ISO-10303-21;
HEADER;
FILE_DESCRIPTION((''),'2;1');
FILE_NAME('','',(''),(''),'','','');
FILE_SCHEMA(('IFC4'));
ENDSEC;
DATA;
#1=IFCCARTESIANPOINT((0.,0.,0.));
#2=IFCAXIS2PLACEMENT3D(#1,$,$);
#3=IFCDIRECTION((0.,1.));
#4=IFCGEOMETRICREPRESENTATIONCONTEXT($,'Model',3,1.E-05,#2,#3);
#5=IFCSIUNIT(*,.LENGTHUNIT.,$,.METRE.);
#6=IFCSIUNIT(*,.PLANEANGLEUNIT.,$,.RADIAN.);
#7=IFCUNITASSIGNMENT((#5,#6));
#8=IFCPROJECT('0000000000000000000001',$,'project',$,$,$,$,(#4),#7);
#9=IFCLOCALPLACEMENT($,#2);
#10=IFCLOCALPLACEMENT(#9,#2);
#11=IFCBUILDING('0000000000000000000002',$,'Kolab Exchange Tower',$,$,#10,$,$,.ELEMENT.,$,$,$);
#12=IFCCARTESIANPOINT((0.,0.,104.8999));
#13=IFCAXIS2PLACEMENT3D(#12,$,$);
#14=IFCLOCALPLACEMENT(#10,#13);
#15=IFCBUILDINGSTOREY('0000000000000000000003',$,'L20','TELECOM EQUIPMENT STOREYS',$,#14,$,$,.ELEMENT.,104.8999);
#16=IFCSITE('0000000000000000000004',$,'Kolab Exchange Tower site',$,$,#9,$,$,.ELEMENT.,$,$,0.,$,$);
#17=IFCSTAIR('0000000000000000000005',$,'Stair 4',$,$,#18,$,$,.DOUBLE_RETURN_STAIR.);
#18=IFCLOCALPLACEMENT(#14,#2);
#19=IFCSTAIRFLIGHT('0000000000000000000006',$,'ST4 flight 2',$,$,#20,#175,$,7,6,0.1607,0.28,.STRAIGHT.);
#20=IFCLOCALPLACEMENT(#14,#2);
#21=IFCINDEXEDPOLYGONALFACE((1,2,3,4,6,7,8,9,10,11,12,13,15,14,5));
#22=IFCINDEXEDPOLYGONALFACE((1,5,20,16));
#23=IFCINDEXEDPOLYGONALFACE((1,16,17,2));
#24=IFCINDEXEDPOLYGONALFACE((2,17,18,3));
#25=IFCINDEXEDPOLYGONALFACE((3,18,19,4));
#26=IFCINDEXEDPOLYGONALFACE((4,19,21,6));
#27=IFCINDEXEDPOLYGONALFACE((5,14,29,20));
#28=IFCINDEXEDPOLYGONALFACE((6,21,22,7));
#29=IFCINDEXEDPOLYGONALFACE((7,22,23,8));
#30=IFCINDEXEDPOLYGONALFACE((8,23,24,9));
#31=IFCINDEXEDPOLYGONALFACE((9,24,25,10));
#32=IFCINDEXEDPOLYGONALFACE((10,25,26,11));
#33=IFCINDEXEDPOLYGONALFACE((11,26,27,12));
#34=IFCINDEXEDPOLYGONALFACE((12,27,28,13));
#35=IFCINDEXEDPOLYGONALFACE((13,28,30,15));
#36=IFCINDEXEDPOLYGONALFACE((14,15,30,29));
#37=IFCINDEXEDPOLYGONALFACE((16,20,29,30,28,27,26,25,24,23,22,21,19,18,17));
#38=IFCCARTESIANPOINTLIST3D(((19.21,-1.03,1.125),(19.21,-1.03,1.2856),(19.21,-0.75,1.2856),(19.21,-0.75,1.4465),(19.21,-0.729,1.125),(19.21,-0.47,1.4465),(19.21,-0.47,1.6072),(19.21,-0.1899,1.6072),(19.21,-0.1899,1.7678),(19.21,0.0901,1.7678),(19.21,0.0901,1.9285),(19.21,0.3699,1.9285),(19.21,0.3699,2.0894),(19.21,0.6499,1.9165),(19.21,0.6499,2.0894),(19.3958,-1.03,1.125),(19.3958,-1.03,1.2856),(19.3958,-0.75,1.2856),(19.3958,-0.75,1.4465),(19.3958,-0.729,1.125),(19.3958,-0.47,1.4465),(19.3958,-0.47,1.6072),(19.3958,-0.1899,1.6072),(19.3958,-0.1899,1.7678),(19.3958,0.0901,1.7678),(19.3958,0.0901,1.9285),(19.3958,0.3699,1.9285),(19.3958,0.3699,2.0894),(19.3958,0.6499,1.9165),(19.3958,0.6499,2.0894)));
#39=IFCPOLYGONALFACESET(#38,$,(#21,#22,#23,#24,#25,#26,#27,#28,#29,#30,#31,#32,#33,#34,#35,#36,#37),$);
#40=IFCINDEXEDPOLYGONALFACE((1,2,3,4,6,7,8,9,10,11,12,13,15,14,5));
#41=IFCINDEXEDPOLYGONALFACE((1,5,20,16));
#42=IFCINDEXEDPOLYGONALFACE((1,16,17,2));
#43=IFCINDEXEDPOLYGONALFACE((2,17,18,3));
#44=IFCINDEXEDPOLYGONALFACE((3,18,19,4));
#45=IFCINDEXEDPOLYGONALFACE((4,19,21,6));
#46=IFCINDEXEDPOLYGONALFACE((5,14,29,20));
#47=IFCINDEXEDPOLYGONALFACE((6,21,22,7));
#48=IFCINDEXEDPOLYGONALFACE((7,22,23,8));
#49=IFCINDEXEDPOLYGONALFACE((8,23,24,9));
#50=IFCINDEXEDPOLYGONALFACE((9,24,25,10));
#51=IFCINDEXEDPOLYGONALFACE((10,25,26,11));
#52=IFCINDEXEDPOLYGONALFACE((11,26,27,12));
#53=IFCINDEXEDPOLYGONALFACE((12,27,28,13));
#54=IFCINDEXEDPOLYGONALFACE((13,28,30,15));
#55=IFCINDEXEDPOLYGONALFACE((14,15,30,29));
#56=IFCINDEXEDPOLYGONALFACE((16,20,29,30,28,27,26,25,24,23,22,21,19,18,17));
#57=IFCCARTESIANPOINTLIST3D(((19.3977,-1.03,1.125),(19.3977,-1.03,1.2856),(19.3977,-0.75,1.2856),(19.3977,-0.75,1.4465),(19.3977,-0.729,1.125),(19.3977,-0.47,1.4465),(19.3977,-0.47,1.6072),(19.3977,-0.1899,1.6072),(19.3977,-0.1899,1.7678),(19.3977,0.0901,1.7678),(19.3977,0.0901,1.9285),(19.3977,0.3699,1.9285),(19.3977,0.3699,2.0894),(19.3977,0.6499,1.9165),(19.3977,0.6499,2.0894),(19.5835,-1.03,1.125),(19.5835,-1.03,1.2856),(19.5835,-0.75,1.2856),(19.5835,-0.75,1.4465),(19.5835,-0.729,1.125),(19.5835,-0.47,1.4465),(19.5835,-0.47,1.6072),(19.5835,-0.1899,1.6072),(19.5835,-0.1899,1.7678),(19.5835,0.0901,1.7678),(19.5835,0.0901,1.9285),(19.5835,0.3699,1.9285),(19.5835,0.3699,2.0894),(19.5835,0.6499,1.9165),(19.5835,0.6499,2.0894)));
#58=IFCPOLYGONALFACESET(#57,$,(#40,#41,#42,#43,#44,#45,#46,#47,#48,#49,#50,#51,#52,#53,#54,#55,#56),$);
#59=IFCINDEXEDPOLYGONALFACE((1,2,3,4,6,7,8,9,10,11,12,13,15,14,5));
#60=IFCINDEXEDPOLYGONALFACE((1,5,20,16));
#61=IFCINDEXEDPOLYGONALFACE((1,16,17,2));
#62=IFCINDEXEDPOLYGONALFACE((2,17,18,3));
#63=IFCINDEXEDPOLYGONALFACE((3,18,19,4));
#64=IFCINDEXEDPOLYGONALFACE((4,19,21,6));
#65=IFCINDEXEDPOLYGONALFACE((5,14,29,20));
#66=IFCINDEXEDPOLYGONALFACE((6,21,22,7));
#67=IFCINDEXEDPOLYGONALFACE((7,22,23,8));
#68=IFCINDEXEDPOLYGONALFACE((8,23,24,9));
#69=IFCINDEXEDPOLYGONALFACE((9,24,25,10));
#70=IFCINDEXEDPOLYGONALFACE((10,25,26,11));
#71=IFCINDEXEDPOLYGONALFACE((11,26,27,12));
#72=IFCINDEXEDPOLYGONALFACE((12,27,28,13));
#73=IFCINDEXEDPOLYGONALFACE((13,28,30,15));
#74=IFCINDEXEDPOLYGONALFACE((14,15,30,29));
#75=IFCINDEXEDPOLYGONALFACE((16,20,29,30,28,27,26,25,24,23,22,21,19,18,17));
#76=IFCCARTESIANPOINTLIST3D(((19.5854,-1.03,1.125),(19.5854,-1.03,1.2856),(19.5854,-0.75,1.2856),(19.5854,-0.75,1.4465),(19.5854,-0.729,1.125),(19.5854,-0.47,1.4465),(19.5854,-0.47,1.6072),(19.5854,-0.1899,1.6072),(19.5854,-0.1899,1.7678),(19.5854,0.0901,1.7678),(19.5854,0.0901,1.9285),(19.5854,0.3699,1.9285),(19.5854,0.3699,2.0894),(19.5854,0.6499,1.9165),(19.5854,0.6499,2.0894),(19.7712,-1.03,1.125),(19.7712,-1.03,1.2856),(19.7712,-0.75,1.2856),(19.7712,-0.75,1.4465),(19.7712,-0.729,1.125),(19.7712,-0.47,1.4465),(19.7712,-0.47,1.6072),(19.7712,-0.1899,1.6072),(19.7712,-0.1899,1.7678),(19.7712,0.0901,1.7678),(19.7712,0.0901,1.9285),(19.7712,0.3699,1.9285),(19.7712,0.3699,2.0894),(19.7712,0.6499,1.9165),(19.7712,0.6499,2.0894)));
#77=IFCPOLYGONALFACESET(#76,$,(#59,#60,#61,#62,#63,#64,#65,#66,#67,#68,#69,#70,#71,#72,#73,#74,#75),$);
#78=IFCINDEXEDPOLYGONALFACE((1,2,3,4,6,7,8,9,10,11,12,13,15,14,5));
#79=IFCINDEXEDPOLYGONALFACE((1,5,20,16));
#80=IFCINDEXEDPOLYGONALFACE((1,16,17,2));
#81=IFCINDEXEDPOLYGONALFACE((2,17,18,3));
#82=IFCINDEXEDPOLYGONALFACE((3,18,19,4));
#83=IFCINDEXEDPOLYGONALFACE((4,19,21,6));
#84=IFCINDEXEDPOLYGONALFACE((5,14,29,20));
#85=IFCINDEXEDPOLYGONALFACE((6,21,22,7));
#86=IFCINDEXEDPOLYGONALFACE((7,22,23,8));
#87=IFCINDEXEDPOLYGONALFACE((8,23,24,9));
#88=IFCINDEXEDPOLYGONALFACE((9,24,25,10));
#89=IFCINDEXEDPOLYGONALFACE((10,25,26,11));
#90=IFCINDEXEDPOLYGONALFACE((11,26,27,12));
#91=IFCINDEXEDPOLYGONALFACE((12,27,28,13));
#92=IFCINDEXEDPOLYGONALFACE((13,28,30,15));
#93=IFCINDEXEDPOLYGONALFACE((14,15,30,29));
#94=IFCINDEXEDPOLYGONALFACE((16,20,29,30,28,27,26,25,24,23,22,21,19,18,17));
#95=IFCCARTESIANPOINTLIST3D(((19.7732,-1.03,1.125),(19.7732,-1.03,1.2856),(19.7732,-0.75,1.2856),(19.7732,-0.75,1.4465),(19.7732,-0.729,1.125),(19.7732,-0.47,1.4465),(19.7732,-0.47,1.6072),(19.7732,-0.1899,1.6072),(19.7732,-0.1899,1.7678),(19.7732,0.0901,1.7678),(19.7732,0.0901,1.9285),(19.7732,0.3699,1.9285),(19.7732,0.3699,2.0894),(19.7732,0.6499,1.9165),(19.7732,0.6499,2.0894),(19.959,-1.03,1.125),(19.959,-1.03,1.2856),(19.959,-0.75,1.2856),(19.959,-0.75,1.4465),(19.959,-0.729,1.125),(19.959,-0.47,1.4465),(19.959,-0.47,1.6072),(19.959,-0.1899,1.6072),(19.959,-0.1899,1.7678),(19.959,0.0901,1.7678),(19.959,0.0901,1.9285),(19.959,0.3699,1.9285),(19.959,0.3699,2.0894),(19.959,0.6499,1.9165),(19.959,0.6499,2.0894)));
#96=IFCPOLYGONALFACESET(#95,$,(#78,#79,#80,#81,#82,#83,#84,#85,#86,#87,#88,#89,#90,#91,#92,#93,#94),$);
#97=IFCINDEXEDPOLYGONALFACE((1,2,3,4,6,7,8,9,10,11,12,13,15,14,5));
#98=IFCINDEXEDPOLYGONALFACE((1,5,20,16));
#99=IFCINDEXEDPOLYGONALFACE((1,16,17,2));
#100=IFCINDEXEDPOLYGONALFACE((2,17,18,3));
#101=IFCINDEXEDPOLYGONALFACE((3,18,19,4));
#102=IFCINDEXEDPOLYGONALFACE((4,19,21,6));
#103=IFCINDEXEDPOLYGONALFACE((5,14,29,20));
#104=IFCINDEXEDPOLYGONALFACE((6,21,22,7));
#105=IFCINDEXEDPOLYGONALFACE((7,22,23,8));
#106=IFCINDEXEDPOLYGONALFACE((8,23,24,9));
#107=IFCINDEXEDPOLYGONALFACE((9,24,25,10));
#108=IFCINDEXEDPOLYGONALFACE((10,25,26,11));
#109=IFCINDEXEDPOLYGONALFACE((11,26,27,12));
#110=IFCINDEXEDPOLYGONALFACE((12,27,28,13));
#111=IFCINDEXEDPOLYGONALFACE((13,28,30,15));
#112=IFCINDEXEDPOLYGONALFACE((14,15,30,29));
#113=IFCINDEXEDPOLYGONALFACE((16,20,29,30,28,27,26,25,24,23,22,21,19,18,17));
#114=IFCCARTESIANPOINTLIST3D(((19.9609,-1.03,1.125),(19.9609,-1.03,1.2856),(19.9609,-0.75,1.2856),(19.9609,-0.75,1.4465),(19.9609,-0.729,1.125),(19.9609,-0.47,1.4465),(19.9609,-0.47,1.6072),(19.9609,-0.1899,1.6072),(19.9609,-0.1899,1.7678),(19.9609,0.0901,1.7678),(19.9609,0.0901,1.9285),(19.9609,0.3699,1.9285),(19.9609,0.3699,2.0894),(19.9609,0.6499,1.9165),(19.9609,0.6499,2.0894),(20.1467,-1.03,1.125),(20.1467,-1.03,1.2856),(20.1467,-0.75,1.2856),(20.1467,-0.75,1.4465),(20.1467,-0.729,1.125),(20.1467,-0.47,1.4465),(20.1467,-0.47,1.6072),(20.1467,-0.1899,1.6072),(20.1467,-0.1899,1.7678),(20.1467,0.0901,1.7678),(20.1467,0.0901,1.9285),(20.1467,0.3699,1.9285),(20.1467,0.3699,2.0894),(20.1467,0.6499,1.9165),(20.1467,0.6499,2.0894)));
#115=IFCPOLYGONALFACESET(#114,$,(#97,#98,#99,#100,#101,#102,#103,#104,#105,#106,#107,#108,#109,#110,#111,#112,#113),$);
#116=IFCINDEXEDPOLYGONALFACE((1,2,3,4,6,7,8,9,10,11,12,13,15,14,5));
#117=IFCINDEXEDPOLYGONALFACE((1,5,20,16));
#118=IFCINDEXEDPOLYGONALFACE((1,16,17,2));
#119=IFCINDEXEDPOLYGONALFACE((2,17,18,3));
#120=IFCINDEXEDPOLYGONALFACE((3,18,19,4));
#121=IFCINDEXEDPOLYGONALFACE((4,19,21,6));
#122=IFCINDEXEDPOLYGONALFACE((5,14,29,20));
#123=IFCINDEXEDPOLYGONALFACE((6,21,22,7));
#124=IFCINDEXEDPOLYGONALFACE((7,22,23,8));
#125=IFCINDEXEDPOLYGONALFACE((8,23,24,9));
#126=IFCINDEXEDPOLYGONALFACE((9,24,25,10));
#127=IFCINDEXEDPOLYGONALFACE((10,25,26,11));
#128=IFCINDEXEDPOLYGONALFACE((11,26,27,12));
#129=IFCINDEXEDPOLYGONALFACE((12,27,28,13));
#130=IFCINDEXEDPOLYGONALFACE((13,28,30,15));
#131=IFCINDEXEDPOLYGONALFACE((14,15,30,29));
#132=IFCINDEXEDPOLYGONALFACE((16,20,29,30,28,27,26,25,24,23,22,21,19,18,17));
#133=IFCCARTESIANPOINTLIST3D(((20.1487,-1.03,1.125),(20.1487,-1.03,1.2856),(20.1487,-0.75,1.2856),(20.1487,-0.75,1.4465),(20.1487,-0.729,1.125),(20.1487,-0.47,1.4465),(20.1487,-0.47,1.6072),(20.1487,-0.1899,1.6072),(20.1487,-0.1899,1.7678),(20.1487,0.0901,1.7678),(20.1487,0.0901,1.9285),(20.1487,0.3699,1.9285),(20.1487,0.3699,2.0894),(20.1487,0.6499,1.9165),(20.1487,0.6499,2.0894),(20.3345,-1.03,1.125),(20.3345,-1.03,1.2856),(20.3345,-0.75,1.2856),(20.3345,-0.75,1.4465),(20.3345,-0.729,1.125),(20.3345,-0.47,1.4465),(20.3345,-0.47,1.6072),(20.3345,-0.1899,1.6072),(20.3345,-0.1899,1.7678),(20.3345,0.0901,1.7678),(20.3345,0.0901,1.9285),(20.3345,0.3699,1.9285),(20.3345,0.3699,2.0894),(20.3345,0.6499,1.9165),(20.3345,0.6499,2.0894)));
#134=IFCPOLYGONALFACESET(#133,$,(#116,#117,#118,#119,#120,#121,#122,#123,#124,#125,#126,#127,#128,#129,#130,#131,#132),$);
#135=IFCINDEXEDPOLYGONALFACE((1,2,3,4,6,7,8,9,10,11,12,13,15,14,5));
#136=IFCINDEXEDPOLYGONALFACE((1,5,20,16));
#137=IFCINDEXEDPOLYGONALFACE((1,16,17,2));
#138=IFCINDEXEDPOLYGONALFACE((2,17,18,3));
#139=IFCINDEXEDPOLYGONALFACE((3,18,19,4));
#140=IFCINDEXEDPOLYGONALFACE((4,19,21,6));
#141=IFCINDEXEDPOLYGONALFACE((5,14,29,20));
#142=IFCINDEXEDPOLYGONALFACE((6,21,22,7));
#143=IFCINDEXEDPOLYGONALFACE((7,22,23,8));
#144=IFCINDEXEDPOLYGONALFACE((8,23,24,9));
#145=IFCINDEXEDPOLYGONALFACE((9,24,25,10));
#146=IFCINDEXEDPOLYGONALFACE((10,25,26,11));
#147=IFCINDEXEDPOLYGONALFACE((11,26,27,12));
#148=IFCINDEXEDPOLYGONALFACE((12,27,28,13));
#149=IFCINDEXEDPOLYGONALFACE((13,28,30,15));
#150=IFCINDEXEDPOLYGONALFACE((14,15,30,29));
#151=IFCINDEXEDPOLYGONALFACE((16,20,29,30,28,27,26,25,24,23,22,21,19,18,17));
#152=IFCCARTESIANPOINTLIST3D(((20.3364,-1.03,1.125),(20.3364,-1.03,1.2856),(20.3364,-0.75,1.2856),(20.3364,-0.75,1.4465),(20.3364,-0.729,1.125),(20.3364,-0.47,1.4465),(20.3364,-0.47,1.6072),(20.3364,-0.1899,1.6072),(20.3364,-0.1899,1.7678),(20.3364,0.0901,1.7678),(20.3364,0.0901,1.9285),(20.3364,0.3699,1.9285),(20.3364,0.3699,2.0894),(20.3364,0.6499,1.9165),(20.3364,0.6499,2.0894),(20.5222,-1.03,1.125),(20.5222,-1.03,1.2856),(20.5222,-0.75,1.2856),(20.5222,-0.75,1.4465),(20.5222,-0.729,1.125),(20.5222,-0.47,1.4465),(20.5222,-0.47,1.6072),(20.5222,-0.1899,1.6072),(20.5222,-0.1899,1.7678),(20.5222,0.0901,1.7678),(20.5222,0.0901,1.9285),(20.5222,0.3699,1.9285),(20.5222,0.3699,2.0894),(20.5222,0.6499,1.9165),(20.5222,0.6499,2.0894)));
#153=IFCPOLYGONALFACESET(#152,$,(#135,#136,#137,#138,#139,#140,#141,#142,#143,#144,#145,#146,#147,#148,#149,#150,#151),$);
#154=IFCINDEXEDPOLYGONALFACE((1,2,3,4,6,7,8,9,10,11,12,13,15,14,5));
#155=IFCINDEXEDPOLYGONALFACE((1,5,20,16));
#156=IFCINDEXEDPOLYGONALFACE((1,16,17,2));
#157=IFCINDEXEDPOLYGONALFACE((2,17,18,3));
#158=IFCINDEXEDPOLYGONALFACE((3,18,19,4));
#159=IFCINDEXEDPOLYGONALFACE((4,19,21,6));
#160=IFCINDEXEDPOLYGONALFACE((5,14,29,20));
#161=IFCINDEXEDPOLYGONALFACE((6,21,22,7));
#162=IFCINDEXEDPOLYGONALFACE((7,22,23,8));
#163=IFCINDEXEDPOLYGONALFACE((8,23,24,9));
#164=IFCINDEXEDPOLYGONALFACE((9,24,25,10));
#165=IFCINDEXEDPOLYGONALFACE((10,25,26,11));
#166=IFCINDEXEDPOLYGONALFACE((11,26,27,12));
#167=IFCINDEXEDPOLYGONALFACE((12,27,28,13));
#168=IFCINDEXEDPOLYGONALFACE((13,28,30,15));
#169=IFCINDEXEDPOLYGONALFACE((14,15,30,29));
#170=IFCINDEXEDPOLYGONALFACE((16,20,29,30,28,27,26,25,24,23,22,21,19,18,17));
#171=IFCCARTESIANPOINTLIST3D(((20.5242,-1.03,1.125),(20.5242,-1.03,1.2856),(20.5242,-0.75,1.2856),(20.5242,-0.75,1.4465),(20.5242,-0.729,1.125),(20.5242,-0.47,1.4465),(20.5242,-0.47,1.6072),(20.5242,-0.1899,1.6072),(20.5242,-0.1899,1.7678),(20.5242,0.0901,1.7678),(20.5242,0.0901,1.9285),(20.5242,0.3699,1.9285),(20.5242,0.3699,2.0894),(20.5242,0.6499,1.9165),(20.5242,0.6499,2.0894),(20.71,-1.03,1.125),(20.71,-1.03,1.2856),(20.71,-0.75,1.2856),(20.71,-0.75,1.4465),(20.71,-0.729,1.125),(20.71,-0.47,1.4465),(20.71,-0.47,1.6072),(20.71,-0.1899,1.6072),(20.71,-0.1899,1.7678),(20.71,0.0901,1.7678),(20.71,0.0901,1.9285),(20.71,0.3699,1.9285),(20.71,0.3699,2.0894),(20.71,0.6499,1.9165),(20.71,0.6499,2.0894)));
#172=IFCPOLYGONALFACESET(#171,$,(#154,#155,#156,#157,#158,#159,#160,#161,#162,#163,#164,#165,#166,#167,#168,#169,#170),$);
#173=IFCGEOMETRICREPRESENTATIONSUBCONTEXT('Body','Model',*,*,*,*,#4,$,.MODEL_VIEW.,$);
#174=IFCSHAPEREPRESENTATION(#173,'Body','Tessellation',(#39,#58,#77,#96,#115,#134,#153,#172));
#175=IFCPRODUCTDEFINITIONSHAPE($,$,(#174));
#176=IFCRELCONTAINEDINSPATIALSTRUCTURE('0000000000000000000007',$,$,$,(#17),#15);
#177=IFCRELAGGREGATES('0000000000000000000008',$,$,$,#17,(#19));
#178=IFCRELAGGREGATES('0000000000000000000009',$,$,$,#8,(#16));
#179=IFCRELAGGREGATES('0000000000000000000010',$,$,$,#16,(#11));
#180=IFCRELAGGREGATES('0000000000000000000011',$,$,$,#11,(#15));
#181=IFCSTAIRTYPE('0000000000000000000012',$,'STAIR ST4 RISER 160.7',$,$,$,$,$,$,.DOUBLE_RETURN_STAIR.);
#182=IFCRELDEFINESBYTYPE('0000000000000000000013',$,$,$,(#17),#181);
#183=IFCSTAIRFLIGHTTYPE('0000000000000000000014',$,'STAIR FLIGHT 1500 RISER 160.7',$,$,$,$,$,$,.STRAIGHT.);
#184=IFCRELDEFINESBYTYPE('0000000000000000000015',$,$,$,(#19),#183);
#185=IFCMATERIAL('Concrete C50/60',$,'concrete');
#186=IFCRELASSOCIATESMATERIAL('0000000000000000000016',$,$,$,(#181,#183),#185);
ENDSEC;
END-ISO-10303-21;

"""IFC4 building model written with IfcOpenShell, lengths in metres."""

from ifc_helpers import new_model, si_unit, direction, frame, origin, place, context, subcontext, project, spatial, polyline, outline, extrude, material, type_object, element, aggregate, save


model = new_model("IFC4")

# Units and contexts
model_context = context("Model", 3, precision=1e-05, world=origin(), true_north=direction((0.0, 1.0)))
body_context = subcontext(model_context, "Body", "Model", "MODEL_VIEW")
ifc_project = project(units=[si_unit("LENGTHUNIT", "METRE"), si_unit("PLANEANGLEUNIT", "RADIAN")], contexts=[model_context])

# Site, building, storey
site_placement = place(None, origin())
site = spatial("IfcSite", under=ifc_project, at=site_placement, Name="Kolab Exchange Tower site", CompositionType="ELEMENT", RefElevation=0.0)
building_placement = place(site_placement, origin())
building = spatial("IfcBuilding", under=site, at=building_placement, Name="Kolab Exchange Tower", CompositionType="ELEMENT")
storey_placement = place(building_placement, frame((0.0, 0.0, 104.8999)))
storey = spatial("IfcBuildingStorey", under=building, at=storey_placement, Name="L20", Description="TELECOM EQUIPMENT STOREYS", CompositionType="ELEMENT", Elevation=104.8999)

# Shared definitions
ifc_material_1 = material(Name="Concrete C50/60", Category="concrete")

# Stair, stair flight
stair_type = type_object("IfcStairType", Name="STAIR ST4 RISER 160.7", PredefinedType="DOUBLE_RETURN_STAIR", material=ifc_material_1)
stair_placement = place(storey_placement, origin())
stair = element("IfcStair", 1, at=stair_placement, inside=storey, type_object=stair_type, Name="Stair 4", PredefinedType="DOUBLE_RETURN_STAIR")
stair_flight_type = type_object("IfcStairFlightType", Name="STAIR FLIGHT 1500 RISER 160.7", PredefinedType="STRAIGHT", material=ifc_material_1)
stair_flight_1_placement = place(storey_placement, frame((19.96, -1.03, 1.125), z_axis=(0.0, 0.0, 1.0), x_axis=(0.0, 1.0, 0.0)))
stair_flight_1 = element("IfcStairFlight", 2, at=stair_flight_1_placement, type_object=stair_flight_type, Name="ST4 flight 2", NumberOfRisers=7, NumberOfTreads=6, PredefinedType="STRAIGHT", RiserHeight=0.1607, TreadLength=0.28, context=body_context, shape_type="SweptSolid", body=[
    extrude(outline(polyline([(0.0, 0.0), (0.0, 0.1606), (0.28, 0.1606), (0.28, 0.3215), (0.5601, 0.3215), (0.5601, 0.4822), (0.8401, 0.4822), (0.8401, 0.6428), (1.1201, 0.6428), (1.1201, 0.8035), (1.3999, 0.8035), (1.3999, 0.9644), (1.6799, 0.9644), (1.6799, 1.125), (1.6799, 0.7915), (0.301, 0.0), (0.0, 0.0)])), frame((0.0, 0.75, 0.0), z_axis=(0.0, -1.0, 0.0), x_axis=(1.0, 0.0, 0.0)), (0.0, 0.0, 1.0), 0.1858),
    extrude(outline(polyline([(0.0, 0.0), (0.0, 0.1606), (0.28, 0.1606), (0.28, 0.3215), (0.5601, 0.3215), (0.5601, 0.4822), (0.8401, 0.4822), (0.8401, 0.6428), (1.1201, 0.6428), (1.1201, 0.8035), (1.3999, 0.8035), (1.3999, 0.9644), (1.6799, 0.9644), (1.6799, 1.125), (1.6799, 0.7915), (0.301, 0.0), (0.0, 0.0)])), frame((0.0, 0.5623, 0.0), z_axis=(0.0, -1.0, 0.0), x_axis=(1.0, 0.0, 0.0)), (0.0, 0.0, 1.0), 0.1858),
    extrude(outline(polyline([(0.0, 0.0), (0.0, 0.1606), (0.28, 0.1606), (0.28, 0.3215), (0.5601, 0.3215), (0.5601, 0.4822), (0.8401, 0.4822), (0.8401, 0.6428), (1.1201, 0.6428), (1.1201, 0.8035), (1.3999, 0.8035), (1.3999, 0.9644), (1.6799, 0.9644), (1.6799, 1.125), (1.6799, 0.7915), (0.301, 0.0), (0.0, 0.0)])), frame((0.0, 0.3745, 0.0), z_axis=(0.0, -1.0, 0.0), x_axis=(1.0, 0.0, 0.0)), (0.0, 0.0, 1.0), 0.1858),
    extrude(outline(polyline([(0.0, 0.0), (0.0, 0.1606), (0.28, 0.1606), (0.28, 0.3215), (0.5601, 0.3215), (0.5601, 0.4822), (0.8401, 0.4822), (0.8401, 0.6428), (1.1201, 0.6428), (1.1201, 0.8035), (1.3999, 0.8035), (1.3999, 0.9644), (1.6799, 0.9644), (1.6799, 1.125), (1.6799, 0.7915), (0.301, 0.0), (0.0, 0.0)])), frame((0.0, 0.1868, 0.0), z_axis=(0.0, -1.0, 0.0), x_axis=(1.0, 0.0, 0.0)), (0.0, 0.0, 1.0), 0.1858),
    extrude(outline(polyline([(0.0, 0.0), (0.0, 0.1606), (0.28, 0.1606), (0.28, 0.3215), (0.5601, 0.3215), (0.5601, 0.4822), (0.8401, 0.4822), (0.8401, 0.6428), (1.1201, 0.6428), (1.1201, 0.8035), (1.3999, 0.8035), (1.3999, 0.9644), (1.6799, 0.9644), (1.6799, 1.125), (1.6799, 0.7915), (0.301, 0.0), (0.0, 0.0)])), frame((0.0, -0.001, 0.0), z_axis=(0.0, -1.0, 0.0), x_axis=(1.0, 0.0, 0.0)), (0.0, 0.0, 1.0), 0.1858),
    extrude(outline(polyline([(0.0, 0.0), (0.0, 0.1606), (0.28, 0.1606), (0.28, 0.3215), (0.5601, 0.3215), (0.5601, 0.4822), (0.8401, 0.4822), (0.8401, 0.6428), (1.1201, 0.6428), (1.1201, 0.8035), (1.3999, 0.8035), (1.3999, 0.9644), (1.6799, 0.9644), (1.6799, 1.125), (1.6799, 0.7915), (0.301, 0.0), (0.0, 0.0)])), frame((0.0, -0.1887, 0.0), z_axis=(0.0, -1.0, 0.0), x_axis=(1.0, 0.0, 0.0)), (0.0, 0.0, 1.0), 0.1858),
    extrude(outline(polyline([(0.0, 0.0), (0.0, 0.1606), (0.28, 0.1606), (0.28, 0.3215), (0.5601, 0.3215), (0.5601, 0.4822), (0.8401, 0.4822), (0.8401, 0.6428), (1.1201, 0.6428), (1.1201, 0.8035), (1.3999, 0.8035), (1.3999, 0.9644), (1.6799, 0.9644), (1.6799, 1.125), (1.6799, 0.7915), (0.301, 0.0), (0.0, 0.0)])), frame((0.0, -0.3765, 0.0), z_axis=(0.0, -1.0, 0.0), x_axis=(1.0, 0.0, 0.0)), (0.0, 0.0, 1.0), 0.1858),
    extrude(outline(polyline([(0.0, 0.0), (0.0, 0.1606), (0.28, 0.1606), (0.28, 0.3215), (0.5601, 0.3215), (0.5601, 0.4822), (0.8401, 0.4822), (0.8401, 0.6428), (1.1201, 0.6428), (1.1201, 0.8035), (1.3999, 0.8035), (1.3999, 0.9644), (1.6799, 0.9644), (1.6799, 1.125), (1.6799, 0.7915), (0.301, 0.0), (0.0, 0.0)])), frame((0.0, -0.5642, 0.0), z_axis=(0.0, -1.0, 0.0), x_axis=(1.0, 0.0, 0.0)), (0.0, 0.0, 1.0), 0.1858),
])
aggregate(stair, [stair_flight_1])

save(model, "model.ifc")
